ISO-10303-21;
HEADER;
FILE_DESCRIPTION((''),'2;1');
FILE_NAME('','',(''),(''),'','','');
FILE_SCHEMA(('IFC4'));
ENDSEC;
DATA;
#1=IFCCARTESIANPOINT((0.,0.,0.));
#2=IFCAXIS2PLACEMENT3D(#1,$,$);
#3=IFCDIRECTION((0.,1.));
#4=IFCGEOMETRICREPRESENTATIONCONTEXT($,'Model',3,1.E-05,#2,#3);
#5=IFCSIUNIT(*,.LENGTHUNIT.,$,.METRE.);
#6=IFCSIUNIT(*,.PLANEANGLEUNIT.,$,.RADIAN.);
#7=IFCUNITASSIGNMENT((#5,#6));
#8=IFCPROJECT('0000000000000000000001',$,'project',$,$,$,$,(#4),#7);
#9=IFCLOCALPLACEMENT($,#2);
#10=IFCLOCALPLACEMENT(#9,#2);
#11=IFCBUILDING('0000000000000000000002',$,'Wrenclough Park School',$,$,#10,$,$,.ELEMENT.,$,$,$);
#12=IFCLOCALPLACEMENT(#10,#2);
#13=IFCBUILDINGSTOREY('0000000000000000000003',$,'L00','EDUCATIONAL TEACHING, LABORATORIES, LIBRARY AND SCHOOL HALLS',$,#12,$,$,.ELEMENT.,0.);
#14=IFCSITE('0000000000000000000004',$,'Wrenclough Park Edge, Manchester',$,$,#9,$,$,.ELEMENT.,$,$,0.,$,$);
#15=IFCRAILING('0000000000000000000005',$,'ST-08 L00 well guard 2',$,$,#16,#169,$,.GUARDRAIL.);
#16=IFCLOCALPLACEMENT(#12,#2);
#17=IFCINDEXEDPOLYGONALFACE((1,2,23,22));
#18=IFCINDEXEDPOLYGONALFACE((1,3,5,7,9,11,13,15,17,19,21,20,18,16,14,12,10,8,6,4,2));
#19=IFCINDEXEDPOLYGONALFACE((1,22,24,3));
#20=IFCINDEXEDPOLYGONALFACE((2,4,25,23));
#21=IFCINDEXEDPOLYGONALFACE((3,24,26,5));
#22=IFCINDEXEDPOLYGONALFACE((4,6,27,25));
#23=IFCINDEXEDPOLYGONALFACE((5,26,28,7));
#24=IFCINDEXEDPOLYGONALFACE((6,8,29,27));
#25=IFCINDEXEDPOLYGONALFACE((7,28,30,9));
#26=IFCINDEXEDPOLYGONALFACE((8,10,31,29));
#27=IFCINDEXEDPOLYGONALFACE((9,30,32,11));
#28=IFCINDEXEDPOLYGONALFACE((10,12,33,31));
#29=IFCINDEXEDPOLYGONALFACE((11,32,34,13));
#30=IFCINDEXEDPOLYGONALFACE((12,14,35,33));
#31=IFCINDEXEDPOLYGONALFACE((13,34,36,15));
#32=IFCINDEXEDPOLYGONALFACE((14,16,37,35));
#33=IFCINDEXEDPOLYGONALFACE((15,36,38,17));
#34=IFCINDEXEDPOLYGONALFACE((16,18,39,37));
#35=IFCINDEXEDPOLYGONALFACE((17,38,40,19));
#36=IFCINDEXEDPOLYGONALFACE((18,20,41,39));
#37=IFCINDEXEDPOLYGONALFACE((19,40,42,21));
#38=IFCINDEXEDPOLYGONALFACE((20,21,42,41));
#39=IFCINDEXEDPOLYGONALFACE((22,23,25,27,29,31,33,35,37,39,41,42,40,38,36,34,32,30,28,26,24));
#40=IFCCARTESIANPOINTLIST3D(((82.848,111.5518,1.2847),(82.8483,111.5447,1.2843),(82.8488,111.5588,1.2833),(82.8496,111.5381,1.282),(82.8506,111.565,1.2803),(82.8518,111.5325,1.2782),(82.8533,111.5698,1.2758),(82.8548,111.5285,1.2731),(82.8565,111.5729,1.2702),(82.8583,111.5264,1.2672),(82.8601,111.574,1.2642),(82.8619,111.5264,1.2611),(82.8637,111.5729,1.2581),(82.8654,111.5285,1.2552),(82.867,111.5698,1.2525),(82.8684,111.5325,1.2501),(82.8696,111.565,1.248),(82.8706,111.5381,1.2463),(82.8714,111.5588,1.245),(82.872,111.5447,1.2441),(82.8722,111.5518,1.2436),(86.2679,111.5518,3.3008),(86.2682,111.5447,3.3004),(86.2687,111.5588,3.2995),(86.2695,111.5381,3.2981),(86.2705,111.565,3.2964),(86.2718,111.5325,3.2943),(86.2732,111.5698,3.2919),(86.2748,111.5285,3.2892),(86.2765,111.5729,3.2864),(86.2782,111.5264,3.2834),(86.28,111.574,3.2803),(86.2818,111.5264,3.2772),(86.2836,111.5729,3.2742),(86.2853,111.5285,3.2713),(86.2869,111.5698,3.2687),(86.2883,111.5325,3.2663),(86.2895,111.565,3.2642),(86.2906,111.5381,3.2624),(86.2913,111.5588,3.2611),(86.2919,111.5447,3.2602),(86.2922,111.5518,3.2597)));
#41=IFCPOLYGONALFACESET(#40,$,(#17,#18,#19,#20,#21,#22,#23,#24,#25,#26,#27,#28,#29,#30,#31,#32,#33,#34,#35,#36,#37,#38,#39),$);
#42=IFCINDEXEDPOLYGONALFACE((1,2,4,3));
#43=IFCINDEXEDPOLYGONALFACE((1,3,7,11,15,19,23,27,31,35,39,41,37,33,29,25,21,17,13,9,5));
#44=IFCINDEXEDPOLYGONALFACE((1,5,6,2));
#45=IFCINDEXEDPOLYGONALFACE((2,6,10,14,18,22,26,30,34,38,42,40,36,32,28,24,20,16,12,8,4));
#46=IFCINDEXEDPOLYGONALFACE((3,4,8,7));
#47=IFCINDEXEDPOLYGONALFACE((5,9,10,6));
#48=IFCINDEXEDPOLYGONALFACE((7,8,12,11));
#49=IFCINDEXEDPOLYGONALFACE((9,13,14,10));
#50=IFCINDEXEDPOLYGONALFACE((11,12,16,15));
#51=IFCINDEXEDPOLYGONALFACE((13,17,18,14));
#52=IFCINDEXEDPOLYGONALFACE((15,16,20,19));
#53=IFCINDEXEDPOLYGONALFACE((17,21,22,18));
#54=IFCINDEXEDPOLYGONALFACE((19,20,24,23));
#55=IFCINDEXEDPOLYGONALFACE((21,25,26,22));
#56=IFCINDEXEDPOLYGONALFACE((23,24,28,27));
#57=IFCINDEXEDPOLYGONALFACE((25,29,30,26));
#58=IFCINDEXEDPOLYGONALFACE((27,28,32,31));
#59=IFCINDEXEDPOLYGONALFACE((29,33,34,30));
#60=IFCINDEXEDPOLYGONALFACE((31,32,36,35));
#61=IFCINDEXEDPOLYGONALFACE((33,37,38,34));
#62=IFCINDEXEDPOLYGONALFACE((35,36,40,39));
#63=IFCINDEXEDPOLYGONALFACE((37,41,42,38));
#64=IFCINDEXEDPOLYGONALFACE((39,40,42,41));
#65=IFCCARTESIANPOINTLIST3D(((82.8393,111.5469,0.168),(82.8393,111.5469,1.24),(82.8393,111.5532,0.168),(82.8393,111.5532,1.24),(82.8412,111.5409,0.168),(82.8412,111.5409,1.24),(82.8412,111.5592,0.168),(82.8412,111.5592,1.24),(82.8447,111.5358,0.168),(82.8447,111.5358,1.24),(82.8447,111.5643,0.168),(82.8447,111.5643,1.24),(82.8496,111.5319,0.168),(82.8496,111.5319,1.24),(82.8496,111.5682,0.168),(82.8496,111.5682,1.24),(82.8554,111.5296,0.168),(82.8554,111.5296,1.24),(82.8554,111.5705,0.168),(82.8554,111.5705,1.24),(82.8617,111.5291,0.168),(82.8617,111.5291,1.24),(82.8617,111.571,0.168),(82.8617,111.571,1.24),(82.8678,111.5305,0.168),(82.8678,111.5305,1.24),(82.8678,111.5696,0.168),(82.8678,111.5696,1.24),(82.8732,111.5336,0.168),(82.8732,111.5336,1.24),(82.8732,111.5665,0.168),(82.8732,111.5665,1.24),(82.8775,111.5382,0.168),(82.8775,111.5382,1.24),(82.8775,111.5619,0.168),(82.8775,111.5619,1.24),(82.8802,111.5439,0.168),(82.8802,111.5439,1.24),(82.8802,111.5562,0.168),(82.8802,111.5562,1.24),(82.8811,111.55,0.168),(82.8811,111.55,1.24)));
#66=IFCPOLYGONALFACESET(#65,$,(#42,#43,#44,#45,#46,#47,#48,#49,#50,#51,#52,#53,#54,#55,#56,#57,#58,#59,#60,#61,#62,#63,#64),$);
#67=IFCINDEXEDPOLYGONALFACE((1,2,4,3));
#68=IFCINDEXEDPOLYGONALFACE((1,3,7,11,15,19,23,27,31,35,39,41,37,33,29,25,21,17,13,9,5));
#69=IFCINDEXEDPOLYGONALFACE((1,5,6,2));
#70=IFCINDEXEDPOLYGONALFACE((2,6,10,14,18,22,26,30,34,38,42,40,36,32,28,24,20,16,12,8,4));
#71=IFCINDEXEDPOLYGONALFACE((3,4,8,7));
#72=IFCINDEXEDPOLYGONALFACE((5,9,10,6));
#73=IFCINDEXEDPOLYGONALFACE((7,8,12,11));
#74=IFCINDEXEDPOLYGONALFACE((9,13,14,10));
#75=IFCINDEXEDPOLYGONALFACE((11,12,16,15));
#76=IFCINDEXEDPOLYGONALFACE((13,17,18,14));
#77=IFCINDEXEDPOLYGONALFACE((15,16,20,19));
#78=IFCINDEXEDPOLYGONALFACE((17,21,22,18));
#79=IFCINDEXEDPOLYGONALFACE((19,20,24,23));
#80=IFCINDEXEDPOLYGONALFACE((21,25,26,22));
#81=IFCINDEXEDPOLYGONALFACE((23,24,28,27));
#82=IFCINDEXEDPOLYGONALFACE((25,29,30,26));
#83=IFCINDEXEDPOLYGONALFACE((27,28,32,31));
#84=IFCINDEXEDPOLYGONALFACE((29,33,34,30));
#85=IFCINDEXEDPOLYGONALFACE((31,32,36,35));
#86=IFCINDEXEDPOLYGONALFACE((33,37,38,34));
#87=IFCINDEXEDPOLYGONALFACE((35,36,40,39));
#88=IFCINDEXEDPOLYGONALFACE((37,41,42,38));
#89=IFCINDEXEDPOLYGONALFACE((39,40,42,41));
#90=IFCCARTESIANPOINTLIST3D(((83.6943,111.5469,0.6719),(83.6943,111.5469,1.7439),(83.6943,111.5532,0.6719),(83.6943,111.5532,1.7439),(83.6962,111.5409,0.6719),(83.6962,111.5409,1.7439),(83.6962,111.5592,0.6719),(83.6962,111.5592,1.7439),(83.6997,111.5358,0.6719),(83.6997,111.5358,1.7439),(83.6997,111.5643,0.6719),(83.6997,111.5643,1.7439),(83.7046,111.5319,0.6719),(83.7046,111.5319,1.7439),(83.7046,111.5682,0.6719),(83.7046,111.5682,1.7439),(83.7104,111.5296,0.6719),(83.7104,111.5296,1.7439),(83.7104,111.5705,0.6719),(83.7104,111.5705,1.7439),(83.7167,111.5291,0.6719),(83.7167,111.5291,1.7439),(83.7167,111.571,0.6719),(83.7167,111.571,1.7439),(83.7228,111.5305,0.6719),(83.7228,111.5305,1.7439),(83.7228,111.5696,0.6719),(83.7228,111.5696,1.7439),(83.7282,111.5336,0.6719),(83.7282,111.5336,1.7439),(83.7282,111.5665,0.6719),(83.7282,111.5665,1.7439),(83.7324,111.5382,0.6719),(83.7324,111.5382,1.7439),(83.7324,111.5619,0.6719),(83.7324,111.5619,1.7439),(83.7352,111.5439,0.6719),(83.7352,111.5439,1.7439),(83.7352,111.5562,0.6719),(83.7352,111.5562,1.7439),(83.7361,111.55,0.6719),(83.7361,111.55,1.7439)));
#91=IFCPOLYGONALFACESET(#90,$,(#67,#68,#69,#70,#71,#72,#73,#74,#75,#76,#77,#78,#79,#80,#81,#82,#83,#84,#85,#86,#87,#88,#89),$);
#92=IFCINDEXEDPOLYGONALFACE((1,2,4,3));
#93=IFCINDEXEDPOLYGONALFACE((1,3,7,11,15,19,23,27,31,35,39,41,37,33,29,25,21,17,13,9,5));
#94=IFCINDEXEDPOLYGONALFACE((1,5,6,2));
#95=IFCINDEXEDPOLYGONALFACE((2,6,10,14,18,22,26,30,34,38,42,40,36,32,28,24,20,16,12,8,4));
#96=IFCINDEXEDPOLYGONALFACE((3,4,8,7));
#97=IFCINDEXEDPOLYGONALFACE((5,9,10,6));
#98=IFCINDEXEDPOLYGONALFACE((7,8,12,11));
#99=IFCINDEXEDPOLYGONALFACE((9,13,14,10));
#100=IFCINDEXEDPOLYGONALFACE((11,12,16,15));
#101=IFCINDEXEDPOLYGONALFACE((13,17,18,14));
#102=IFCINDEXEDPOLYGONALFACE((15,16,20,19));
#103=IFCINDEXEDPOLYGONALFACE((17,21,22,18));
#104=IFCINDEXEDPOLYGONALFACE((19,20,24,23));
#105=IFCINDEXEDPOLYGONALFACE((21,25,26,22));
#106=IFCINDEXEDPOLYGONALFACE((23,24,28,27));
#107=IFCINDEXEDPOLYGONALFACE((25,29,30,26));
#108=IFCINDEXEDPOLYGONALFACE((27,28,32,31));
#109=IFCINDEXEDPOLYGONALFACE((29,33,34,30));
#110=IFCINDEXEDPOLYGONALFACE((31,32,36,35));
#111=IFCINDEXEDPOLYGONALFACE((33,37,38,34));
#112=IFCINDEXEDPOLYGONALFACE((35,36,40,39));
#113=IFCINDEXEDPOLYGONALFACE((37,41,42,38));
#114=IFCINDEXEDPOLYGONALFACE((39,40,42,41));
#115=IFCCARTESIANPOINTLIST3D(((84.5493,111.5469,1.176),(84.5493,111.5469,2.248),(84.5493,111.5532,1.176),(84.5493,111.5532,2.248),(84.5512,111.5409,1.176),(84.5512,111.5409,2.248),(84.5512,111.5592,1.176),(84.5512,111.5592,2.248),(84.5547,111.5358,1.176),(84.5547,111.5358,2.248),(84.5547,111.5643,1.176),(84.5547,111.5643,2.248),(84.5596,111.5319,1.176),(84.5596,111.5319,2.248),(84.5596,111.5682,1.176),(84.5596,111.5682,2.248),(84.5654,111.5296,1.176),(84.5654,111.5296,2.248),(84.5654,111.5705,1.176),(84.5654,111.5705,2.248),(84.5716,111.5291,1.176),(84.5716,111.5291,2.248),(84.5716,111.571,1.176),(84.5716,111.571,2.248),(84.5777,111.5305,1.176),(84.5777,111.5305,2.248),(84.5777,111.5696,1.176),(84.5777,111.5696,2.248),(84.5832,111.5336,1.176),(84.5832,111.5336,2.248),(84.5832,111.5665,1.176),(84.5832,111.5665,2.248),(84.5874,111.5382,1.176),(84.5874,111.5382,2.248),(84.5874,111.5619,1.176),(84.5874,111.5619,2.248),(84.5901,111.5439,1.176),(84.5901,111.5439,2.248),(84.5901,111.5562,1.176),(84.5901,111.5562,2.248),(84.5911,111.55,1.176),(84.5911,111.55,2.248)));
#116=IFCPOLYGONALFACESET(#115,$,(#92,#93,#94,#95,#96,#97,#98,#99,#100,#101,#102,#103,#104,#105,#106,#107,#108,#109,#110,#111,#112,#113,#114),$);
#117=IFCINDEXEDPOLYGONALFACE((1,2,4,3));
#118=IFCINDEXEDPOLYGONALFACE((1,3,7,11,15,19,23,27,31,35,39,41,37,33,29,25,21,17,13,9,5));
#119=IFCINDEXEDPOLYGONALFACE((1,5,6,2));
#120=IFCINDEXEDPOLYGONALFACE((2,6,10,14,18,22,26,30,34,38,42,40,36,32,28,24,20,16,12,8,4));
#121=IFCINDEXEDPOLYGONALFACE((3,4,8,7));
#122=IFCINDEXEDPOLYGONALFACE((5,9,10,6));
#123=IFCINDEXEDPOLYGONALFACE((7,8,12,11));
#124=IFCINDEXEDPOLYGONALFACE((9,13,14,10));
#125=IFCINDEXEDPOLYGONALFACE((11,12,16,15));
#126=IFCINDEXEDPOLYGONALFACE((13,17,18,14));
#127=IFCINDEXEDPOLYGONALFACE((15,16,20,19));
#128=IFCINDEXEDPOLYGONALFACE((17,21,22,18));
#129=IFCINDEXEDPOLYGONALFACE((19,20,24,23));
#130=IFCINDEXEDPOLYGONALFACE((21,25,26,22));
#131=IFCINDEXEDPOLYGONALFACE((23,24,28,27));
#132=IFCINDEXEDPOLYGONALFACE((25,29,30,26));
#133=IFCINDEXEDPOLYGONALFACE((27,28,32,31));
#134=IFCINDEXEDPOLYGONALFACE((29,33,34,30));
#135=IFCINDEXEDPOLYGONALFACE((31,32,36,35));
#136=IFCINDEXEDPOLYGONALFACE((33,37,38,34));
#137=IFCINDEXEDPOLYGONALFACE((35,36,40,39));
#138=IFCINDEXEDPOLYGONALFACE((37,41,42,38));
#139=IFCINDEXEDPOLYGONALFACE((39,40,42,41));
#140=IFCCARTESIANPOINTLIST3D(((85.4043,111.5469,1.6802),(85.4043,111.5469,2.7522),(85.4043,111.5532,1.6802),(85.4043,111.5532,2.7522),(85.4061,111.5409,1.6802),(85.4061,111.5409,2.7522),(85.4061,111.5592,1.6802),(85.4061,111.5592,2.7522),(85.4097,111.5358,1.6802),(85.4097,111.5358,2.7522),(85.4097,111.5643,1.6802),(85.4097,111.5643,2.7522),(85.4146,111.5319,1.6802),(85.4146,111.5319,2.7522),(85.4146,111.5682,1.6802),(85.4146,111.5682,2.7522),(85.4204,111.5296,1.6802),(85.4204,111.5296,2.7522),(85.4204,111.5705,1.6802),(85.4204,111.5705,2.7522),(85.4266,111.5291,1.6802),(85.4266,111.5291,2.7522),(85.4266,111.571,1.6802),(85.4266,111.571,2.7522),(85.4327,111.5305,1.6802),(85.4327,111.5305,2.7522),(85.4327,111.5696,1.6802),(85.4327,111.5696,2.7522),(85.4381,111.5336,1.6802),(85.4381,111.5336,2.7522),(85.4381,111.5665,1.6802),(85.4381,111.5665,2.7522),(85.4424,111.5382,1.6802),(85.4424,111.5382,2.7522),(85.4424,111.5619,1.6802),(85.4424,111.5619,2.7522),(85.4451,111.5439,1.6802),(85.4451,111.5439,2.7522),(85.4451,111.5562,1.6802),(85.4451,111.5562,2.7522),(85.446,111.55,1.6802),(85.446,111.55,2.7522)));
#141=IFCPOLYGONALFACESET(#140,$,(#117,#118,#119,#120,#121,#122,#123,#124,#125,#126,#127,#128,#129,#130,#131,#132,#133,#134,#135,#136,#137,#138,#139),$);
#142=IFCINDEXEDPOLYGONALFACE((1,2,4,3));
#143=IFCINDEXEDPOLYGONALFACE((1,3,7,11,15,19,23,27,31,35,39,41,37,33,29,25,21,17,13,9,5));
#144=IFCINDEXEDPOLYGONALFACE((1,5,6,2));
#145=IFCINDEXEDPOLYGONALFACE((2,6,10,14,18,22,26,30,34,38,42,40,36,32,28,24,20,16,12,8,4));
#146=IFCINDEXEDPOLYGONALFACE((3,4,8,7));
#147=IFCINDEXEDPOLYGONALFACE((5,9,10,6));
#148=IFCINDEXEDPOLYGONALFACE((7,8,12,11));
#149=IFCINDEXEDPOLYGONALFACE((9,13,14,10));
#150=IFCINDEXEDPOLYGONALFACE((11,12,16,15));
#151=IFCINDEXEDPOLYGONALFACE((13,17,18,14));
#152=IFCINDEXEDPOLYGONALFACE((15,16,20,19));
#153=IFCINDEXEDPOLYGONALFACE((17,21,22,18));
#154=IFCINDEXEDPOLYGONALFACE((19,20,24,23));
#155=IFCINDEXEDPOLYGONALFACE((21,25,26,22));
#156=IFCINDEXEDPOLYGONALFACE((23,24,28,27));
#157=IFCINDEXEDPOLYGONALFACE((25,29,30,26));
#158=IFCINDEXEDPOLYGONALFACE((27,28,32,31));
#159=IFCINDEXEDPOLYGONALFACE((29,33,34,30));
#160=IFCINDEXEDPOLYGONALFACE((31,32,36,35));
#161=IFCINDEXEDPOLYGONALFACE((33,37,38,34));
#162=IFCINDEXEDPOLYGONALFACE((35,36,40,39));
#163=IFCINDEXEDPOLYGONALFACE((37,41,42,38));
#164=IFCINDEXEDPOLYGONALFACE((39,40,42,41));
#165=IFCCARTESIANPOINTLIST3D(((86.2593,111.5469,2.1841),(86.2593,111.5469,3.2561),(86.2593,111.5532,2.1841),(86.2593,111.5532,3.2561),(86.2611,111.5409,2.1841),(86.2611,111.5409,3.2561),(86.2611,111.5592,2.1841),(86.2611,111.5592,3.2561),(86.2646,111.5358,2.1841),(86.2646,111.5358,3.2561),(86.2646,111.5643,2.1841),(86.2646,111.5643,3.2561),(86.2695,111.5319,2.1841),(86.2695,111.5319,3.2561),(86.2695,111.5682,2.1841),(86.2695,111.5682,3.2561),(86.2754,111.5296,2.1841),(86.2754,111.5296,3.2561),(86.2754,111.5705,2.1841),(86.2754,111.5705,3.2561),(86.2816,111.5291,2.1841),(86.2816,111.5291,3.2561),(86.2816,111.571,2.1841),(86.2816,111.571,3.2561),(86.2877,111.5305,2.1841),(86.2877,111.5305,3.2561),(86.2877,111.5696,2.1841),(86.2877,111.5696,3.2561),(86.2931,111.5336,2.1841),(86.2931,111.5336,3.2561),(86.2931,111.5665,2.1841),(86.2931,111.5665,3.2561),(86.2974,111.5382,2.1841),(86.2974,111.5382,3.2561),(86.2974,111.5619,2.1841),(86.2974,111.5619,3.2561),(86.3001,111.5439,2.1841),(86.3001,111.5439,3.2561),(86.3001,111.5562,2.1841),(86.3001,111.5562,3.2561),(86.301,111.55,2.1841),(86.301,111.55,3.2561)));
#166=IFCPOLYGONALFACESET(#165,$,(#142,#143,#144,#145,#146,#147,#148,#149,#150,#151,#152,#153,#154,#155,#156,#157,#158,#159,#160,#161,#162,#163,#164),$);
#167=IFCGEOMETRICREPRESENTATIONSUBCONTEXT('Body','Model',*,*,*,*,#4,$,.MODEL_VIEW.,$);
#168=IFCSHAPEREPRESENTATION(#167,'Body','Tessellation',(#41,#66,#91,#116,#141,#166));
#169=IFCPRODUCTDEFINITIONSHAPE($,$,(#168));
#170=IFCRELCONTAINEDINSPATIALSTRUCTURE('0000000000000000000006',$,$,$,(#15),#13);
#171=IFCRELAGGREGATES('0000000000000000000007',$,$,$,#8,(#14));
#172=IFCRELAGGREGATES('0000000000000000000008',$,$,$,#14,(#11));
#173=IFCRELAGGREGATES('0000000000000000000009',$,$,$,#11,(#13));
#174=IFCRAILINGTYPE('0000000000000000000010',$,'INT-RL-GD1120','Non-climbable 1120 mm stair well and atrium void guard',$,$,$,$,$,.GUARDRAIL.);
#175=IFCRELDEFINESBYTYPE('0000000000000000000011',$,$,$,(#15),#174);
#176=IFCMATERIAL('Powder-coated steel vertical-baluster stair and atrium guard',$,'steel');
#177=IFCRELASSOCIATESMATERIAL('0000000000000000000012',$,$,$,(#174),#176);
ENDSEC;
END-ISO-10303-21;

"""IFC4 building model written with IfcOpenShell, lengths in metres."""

from ifc_helpers import new_model, si_unit, direction, frame, origin, origin_2d, place, context, subcontext, project, spatial, circle, extrude, material, type_object, element, save


model = new_model("IFC4")

# Units and contexts
model_context = context("Model", 3, precision=1e-05, world=origin(), true_north=direction((0.0, 1.0)))
body_context = subcontext(model_context, "Body", "Model", "MODEL_VIEW")
ifc_project = project(units=[si_unit("LENGTHUNIT", "METRE"), si_unit("PLANEANGLEUNIT", "RADIAN")], contexts=[model_context])

# Site, building, storey
site_placement = place(None, origin())
site = spatial("IfcSite", under=ifc_project, at=site_placement, Name="Wrenclough Park Edge, Manchester", CompositionType="ELEMENT", RefElevation=0.0)
building_placement = place(site_placement, origin())
building = spatial("IfcBuilding", under=site, at=building_placement, Name="Wrenclough Park School", CompositionType="ELEMENT")
storey_placement = place(building_placement, origin())
storey = spatial("IfcBuildingStorey", under=building, at=storey_placement, Name="L00", Description="EDUCATIONAL TEACHING, LABORATORIES, LIBRARY AND SCHOOL HALLS", CompositionType="ELEMENT", Elevation=0.0)

# Railing
ifc_material_1 = material(Name="Powder-coated steel vertical-baluster stair and atrium guard", Category="steel")
railing_type_1 = type_object("IfcRailingType", Name="INT-RL-GD1120", Description="Non-climbable 1120 mm stair well and atrium void guard", PredefinedType="GUARDRAIL", material=ifc_material_1)
railing_1_placement = place(storey_placement, frame((82.8601, 111.55, 0.168)))
element("IfcRailing", 1, at=railing_1_placement, inside=storey, type_object=railing_type_1, Name="ST-08 L00 well guard 2", PredefinedType="GUARDRAIL", context=body_context, shape_type="SweptSolid", body=[
    extrude(circle(Radius=0.0239, at=origin_2d()), frame((0.0, 0.0, 1.0962), z_axis=(0.86145, 0.0, 0.507842), x_axis=(0.0, 1.0, 0.0)), (0.0, 0.0, 1.0), 3.97),
    extrude(circle(Radius=0.021, at=origin_2d()), origin(), (0.0, 0.0, 1.0), 1.072),
    extrude(circle(Radius=0.021, at=origin_2d()), frame((0.855, 0.0, 0.5039)), (0.0, 0.0, 1.0), 1.072),
    extrude(circle(Radius=0.021, at=origin_2d()), frame((1.71, 0.0, 1.0081)), (0.0, 0.0, 1.0), 1.072),
    extrude(circle(Radius=0.021, at=origin_2d()), frame((2.5649, 0.0, 1.5122)), (0.0, 0.0, 1.0), 1.072),
    extrude(circle(Radius=0.021, at=origin_2d()), frame((3.4199, 0.0, 2.0161)), (0.0, 0.0, 1.0), 1.072),
])

save(model, "model.ifc")
